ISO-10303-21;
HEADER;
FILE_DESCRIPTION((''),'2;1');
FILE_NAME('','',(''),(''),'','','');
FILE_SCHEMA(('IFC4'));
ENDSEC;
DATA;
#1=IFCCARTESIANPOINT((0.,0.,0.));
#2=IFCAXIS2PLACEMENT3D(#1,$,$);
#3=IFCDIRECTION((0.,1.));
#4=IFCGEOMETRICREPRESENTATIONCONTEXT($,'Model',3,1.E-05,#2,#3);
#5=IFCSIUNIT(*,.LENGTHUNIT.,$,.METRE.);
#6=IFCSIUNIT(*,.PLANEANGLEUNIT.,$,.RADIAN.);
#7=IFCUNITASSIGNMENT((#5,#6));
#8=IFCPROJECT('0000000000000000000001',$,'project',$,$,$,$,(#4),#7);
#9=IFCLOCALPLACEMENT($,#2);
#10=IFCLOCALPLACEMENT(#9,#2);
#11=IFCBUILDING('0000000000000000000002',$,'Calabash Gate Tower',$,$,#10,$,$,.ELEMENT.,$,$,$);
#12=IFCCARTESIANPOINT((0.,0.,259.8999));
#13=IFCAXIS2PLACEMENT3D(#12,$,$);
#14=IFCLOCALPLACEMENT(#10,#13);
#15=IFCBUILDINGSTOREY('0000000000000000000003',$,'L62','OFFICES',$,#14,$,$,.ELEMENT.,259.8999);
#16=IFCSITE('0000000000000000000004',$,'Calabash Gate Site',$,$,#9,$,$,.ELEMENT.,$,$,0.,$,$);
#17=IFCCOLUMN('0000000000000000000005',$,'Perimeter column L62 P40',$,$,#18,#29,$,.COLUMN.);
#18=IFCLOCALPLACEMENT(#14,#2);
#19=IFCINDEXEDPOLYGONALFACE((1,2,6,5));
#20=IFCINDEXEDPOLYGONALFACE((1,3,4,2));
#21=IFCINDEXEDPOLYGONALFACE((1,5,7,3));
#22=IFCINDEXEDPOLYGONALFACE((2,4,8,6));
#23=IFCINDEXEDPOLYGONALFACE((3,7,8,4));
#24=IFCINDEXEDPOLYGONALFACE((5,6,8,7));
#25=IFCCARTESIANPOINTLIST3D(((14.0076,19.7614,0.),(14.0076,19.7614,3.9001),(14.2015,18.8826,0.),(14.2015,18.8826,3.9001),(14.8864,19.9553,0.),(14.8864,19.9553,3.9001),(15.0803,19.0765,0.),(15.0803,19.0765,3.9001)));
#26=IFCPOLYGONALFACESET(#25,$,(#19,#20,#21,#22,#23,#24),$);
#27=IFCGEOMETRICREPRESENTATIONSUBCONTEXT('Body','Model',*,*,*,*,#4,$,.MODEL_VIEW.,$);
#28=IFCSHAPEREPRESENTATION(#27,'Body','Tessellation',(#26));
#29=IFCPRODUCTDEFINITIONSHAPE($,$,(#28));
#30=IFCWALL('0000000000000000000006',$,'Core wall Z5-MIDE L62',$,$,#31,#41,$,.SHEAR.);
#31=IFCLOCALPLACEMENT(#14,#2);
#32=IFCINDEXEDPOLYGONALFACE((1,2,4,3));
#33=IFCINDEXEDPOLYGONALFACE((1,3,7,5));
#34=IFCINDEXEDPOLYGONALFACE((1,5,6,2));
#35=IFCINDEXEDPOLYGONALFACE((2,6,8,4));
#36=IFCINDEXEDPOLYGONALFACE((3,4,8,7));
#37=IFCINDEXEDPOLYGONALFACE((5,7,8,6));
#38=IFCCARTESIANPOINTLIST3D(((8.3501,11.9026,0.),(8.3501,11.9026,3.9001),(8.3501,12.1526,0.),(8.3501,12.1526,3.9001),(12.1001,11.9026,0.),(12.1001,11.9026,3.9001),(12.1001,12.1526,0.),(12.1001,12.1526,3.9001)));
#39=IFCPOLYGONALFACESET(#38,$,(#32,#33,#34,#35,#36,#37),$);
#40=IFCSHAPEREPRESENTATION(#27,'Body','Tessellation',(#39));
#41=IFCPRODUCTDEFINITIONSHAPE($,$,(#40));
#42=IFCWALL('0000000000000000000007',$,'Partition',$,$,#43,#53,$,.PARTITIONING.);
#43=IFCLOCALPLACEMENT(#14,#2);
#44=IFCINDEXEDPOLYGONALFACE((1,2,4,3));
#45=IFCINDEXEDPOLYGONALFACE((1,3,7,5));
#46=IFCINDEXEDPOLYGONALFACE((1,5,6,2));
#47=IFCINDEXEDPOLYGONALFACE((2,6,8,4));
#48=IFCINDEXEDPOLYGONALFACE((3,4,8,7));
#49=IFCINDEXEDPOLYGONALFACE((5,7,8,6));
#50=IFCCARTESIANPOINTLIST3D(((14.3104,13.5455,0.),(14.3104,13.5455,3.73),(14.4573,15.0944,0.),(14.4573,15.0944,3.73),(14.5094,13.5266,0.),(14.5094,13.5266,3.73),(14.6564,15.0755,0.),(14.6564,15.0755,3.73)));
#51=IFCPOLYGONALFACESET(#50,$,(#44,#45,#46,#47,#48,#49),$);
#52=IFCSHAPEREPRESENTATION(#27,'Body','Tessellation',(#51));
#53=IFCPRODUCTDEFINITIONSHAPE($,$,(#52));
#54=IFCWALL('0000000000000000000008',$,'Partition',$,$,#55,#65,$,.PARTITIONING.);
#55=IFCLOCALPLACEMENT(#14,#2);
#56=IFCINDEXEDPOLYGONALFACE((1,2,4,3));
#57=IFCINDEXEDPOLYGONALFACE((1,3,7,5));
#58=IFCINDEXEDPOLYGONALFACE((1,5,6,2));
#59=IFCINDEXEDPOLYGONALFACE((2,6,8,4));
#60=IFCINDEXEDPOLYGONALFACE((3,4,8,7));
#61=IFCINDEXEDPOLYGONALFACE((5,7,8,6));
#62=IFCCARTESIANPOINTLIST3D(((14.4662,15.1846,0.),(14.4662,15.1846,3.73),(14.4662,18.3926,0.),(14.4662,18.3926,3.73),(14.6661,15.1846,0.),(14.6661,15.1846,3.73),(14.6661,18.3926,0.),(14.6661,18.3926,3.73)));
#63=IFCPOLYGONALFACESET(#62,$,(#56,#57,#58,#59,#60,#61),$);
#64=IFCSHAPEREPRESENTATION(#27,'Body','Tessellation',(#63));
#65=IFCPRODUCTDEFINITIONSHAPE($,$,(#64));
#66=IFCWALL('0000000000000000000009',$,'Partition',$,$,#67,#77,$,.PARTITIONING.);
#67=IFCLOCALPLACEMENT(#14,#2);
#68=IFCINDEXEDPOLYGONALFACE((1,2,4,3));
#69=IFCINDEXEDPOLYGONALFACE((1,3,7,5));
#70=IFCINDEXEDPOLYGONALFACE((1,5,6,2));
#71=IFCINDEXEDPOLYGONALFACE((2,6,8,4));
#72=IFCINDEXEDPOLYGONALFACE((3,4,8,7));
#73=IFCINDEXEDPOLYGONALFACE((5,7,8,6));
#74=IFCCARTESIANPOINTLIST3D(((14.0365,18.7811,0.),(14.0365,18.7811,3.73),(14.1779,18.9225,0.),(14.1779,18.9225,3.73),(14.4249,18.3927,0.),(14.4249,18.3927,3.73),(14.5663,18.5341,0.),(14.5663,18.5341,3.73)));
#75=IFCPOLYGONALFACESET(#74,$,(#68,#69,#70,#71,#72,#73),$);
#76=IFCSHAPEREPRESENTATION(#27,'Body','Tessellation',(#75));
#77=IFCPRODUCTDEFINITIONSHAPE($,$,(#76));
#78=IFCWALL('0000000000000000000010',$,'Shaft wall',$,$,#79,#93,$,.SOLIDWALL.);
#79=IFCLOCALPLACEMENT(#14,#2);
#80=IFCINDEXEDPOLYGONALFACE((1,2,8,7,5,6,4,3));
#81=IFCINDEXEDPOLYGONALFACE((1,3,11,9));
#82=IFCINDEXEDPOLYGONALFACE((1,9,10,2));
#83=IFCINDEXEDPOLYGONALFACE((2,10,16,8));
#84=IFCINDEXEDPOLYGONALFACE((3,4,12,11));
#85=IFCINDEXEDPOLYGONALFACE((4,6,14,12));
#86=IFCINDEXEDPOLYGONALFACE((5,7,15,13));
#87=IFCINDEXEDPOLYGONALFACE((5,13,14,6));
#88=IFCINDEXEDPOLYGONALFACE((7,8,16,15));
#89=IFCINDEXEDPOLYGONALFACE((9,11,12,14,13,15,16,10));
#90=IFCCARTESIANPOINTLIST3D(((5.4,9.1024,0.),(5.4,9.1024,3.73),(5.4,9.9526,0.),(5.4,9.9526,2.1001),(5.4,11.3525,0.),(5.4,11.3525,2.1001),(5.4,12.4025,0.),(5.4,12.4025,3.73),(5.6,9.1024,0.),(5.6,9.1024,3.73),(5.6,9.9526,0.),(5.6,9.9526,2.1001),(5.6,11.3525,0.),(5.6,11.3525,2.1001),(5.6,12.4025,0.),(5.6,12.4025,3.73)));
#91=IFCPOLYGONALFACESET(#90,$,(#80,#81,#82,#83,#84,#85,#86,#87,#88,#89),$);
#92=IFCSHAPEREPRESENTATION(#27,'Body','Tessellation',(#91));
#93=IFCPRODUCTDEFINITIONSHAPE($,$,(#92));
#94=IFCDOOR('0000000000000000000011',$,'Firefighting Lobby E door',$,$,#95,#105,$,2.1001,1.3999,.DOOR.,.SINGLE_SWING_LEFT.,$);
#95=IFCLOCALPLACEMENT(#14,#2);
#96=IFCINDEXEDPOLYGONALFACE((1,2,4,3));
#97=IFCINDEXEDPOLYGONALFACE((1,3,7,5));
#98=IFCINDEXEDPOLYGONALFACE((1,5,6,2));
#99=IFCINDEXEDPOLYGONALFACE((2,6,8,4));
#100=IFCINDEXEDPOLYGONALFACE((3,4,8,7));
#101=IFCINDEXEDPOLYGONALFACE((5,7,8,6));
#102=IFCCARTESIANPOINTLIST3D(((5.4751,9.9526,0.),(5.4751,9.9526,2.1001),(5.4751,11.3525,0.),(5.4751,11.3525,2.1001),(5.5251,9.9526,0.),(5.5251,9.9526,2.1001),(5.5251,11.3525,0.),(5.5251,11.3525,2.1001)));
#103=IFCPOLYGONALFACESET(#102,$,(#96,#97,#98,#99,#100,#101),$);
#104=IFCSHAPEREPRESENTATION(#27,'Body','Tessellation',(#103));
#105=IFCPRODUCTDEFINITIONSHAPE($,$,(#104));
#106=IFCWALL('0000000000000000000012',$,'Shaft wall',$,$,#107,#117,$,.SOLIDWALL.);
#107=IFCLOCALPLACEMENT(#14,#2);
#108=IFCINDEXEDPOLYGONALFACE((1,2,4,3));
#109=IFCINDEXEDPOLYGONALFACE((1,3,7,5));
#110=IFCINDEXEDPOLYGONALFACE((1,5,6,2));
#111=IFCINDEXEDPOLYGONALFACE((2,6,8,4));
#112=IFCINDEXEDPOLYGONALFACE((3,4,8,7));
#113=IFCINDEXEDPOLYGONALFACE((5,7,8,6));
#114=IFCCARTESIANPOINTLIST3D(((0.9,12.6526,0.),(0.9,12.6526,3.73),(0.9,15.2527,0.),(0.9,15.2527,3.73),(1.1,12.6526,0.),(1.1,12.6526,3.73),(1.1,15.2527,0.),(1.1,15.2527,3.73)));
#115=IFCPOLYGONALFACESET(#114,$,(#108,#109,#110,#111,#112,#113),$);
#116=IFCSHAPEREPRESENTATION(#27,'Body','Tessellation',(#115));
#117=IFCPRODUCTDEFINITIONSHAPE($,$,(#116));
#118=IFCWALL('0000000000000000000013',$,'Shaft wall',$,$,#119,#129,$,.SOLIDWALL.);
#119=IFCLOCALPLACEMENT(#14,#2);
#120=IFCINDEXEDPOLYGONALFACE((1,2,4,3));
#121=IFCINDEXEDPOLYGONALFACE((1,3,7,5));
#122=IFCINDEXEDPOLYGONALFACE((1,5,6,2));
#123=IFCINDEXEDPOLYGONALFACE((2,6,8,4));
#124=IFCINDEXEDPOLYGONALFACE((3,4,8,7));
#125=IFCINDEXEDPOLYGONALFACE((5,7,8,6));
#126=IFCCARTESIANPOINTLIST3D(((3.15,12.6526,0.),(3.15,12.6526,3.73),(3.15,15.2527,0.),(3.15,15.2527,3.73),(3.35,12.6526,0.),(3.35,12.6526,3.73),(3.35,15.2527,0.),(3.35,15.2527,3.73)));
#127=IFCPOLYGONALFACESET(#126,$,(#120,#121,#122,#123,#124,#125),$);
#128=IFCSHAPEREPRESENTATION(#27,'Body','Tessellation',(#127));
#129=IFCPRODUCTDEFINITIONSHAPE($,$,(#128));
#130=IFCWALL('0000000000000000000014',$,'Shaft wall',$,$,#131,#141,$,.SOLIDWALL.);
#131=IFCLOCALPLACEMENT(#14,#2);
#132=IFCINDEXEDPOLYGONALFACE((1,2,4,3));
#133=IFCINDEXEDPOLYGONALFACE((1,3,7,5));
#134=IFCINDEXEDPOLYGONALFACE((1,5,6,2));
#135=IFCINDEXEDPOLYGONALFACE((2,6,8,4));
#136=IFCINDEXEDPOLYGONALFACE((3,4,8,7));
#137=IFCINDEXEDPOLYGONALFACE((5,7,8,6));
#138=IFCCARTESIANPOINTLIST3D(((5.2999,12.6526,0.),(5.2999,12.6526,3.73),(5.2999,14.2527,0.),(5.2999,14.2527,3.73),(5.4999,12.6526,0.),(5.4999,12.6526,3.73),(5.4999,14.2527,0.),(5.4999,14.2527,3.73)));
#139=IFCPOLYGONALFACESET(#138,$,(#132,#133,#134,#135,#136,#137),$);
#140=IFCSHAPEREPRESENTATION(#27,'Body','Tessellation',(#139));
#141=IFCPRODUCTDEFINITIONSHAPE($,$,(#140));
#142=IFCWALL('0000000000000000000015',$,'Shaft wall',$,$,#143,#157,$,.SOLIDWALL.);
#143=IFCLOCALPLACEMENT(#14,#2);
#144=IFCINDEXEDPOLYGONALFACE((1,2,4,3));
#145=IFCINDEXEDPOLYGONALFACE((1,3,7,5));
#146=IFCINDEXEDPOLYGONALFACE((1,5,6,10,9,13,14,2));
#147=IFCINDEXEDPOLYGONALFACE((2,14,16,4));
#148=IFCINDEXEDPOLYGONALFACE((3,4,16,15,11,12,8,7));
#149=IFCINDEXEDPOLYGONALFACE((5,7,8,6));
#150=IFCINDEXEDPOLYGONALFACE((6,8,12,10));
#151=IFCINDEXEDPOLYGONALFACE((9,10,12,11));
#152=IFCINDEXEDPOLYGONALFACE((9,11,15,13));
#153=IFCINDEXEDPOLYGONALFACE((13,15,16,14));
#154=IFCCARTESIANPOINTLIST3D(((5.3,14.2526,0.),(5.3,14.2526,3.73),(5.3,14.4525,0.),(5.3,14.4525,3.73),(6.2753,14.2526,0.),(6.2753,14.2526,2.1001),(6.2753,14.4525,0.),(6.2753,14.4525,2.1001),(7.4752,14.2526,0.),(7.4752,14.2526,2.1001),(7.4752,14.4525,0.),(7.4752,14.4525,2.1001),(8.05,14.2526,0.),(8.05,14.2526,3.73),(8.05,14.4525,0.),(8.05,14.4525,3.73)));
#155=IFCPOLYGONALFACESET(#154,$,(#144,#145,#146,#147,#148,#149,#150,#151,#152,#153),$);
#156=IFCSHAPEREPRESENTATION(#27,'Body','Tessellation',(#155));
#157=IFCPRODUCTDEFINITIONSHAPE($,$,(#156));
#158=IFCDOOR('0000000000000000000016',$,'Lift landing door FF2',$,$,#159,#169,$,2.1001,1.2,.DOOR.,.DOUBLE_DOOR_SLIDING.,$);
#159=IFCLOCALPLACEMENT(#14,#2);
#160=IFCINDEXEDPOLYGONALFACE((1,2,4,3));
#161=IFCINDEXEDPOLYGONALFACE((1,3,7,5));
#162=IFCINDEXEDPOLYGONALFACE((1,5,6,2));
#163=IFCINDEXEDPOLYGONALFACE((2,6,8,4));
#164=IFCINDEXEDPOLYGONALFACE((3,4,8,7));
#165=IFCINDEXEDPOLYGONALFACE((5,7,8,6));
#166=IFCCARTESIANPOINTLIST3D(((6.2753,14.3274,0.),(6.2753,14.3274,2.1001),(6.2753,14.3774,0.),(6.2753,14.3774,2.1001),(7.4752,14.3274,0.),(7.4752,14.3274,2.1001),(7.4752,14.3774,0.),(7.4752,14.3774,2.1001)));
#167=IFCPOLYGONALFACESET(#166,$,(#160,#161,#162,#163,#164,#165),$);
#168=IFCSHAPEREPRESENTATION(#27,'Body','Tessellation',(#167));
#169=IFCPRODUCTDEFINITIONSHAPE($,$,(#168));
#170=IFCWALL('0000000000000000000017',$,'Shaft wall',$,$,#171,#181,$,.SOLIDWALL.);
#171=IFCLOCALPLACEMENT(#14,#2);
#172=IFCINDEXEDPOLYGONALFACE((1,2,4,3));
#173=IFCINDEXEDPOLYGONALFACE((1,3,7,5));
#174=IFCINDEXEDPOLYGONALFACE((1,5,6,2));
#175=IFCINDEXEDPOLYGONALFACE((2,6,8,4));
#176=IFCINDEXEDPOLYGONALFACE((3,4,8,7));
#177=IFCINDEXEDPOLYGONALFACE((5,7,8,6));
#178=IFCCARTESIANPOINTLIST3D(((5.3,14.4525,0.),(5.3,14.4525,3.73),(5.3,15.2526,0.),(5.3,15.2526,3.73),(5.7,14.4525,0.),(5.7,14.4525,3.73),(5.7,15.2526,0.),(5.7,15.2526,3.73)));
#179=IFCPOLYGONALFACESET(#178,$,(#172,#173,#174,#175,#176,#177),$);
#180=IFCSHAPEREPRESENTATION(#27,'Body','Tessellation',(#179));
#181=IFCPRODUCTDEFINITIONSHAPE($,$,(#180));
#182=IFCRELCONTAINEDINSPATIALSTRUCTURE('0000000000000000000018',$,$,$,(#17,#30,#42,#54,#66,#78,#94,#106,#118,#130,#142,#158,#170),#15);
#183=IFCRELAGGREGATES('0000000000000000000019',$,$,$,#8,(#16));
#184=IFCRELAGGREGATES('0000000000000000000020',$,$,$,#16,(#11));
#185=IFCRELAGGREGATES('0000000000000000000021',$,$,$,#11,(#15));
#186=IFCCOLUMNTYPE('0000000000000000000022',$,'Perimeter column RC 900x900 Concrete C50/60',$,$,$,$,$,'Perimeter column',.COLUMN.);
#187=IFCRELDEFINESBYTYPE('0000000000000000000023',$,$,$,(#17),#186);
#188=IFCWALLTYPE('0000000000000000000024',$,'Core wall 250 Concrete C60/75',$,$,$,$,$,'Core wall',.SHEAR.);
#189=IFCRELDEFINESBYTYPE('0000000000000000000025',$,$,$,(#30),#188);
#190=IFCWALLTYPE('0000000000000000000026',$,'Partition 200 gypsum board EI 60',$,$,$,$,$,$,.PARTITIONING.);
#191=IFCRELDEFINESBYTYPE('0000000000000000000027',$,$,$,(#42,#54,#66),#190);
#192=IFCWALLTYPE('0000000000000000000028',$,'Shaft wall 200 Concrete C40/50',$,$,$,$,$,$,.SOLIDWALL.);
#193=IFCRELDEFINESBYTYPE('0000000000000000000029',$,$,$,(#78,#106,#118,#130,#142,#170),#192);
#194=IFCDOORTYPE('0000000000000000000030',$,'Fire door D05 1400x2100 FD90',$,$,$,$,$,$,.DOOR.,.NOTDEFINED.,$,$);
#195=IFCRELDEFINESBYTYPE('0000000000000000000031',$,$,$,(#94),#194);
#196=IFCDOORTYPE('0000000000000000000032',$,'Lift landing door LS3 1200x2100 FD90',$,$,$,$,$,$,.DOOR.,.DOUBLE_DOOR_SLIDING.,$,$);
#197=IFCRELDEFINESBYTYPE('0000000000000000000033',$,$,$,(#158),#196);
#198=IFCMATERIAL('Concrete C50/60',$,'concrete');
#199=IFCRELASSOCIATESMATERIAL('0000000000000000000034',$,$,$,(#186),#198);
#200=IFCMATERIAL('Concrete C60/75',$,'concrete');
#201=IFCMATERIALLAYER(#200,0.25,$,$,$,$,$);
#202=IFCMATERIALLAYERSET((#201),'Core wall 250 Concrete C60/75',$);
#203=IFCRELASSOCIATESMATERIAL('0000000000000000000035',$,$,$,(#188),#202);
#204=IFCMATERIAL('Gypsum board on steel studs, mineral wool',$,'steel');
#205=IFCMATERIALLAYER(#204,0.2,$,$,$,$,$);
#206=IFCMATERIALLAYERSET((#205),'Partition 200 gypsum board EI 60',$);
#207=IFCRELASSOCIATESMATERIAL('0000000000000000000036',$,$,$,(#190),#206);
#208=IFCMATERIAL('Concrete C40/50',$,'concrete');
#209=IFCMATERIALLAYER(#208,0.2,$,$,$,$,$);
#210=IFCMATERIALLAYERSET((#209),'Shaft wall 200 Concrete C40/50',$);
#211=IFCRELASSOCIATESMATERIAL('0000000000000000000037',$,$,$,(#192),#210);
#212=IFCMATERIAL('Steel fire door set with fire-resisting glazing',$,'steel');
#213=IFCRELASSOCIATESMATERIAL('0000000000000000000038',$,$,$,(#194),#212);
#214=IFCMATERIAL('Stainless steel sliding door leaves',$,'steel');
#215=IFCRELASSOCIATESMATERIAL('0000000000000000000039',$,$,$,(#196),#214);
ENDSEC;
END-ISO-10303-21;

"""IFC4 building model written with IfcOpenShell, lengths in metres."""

from ifc_helpers import new_model, si_unit, direction, frame, frame_2d, origin, origin_2d, place, context, subcontext, project, spatial, rectangle, extrude, material, layer, layer_set, material_profile, profile_set, type_object, element, fill, save


model = new_model("IFC4")

# Units and contexts
model_context = context("Model", 3, precision=1e-05, world=origin(), true_north=direction((0.0, 1.0)))
body_context = subcontext(model_context, "Body", "Model", "MODEL_VIEW")
ifc_project = project(units=[si_unit("LENGTHUNIT", "METRE"), si_unit("PLANEANGLEUNIT", "RADIAN")], contexts=[model_context])

# Site, building, storey
site_placement = place(None, origin())
site = spatial("IfcSite", under=ifc_project, at=site_placement, Name="Calabash Gate Site", CompositionType="ELEMENT", RefElevation=0.0)
building_placement = place(site_placement, origin())
building = spatial("IfcBuilding", under=site, at=building_placement, Name="Calabash Gate Tower", CompositionType="ELEMENT")
storey_placement = place(building_placement, frame((0.0, 0.0, 259.8999)))
storey = spatial("IfcBuildingStorey", under=building, at=storey_placement, Name="L62", Description="OFFICES", CompositionType="ELEMENT", Elevation=259.8999)

# Column
ifc_material_1 = material(Name="Concrete C50/60", Category="concrete")
ifc_material_profile = material_profile(ifc_material_1, rectangle(XDim=0.8999, YDim=0.8999, at=origin_2d()))
ifc_profile_set = profile_set([ifc_material_profile], Name="Concrete C50/60")
column_type = type_object("IfcColumnType", Name="Perimeter column RC 900x900 Concrete C50/60", ElementType="Perimeter column", PredefinedType="COLUMN", material=ifc_profile_set)
column_placement = place(storey_placement, frame((14.5439, 19.4189, 0.0), z_axis=(0.0, 0.0, 1.0), x_axis=(-0.976511, -0.215468, 0.0)))
element("IfcColumn", 1, at=column_placement, inside=storey, type_object=column_type, Name="Perimeter column L62 P40", PredefinedType="COLUMN", context=body_context, shape_type="SweptSolid", body=[
    extrude(rectangle(XDim=0.8999, YDim=0.8999, at=origin_2d()), origin(), (0.0, 0.0, 1.0), 3.9001),
])

# Walls
ifc_material_2 = material(Name="Concrete C60/75", Category="concrete")
ifc_layer_1 = layer(ifc_material_2, 0.25)
ifc_layer_set_1 = layer_set([ifc_layer_1], Name="Core wall 250 Concrete C60/75")
wall_type_1 = type_object("IfcWallType", Name="Core wall 250 Concrete C60/75", ElementType="Core wall", PredefinedType="SHEAR", material=ifc_layer_set_1)
wall_1_placement = place(storey_placement, frame((8.3501, 12.0276, 0.0), z_axis=(0.0, 0.0, 1.0), x_axis=(1.0, 0.0, 0.0)))
element("IfcWall", 2, at=wall_1_placement, inside=storey, type_object=wall_type_1, Name="Core wall Z5-MIDE L62", PredefinedType="SHEAR", context=body_context, shape_type="SweptSolid", body=[
    extrude(rectangle(XDim=3.75, YDim=0.25, at=frame_2d((1.875, 0.0))), origin(), (0.0, 0.0, 1.0), 3.9001),
])
ifc_material_3 = material(Name="Gypsum board on steel studs, mineral wool", Category="steel")
ifc_layer_2 = layer(ifc_material_3, 0.2)
ifc_layer_set_2 = layer_set([ifc_layer_2], Name="Partition 200 gypsum board EI 60")
wall_type_2 = type_object("IfcWallType", Name="Partition 200 gypsum board EI 60", PredefinedType="PARTITIONING", material=ifc_layer_set_2)
wall_2_placement = place(storey_placement, frame((14.4099, 13.5361, 0.0), z_axis=(0.0, 0.0, 1.0), x_axis=(0.094454, 0.995529, 0.0)))
element("IfcWall", 3, at=wall_2_placement, inside=storey, type_object=wall_type_2, Name="Partition", PredefinedType="PARTITIONING", context=body_context, shape_type="SweptSolid", body=[
    extrude(rectangle(XDim=1.5559, YDim=0.2, at=frame_2d((0.7778, 0.0))), origin(), (0.0, 0.0, 1.0), 3.73),
])
wall_3_placement = place(storey_placement, frame((14.5662, 18.3926, 0.0), z_axis=(0.0, 0.0, 1.0), x_axis=(0.0, -1.0, 0.0)))
element("IfcWall", 4, at=wall_3_placement, inside=storey, type_object=wall_type_2, Name="Partition", PredefinedType="PARTITIONING", context=body_context, shape_type="SweptSolid", body=[
    extrude(rectangle(XDim=3.208, YDim=0.2, at=frame_2d((1.604, 0.0))), origin(), (0.0, 0.0, 1.0), 3.73),
])
wall_4_placement = place(storey_placement, frame((14.1072, 18.8518, 0.0), z_axis=(0.0, 0.0, 1.0), x_axis=(0.707107, -0.707107, 0.0)))
element("IfcWall", 5, at=wall_4_placement, inside=storey, type_object=wall_type_2, Name="Partition", PredefinedType="PARTITIONING", context=body_context, shape_type="SweptSolid", body=[
    extrude(rectangle(XDim=0.5493, YDim=0.2, at=frame_2d((0.2747, 0.0))), origin(), (0.0, 0.0, 1.0), 3.73),
])

# Wall, opening, door
ifc_material_4 = material(Name="Concrete C40/50", Category="concrete")
ifc_layer_3 = layer(ifc_material_4, 0.2)
ifc_layer_set_3 = layer_set([ifc_layer_3], Name="Shaft wall 200 Concrete C40/50")
wall_type_3 = type_object("IfcWallType", Name="Shaft wall 200 Concrete C40/50", PredefinedType="SOLIDWALL", material=ifc_layer_set_3)
wall_5_placement = place(storey_placement, frame((5.5, 9.1025, 0.0), z_axis=(0.0, 0.0, 1.0), x_axis=(0.0, 1.0, 0.0)))
wall_5 = element("IfcWall", 6, at=wall_5_placement, inside=storey, type_object=wall_type_3, Name="Shaft wall", PredefinedType="SOLIDWALL", context=body_context, shape_type="SweptSolid", body=[
    extrude(rectangle(XDim=3.3, YDim=0.2, at=frame_2d((1.6499, 0.0))), origin(), (0.0, 0.0, 1.0), 3.73),
])
opening_1_placement = place(wall_5_placement, frame((0.8501, 0.0, 0.0)))
opening_1 = element("IfcOpeningElement", 7, at=opening_1_placement, cuts=wall_5, PredefinedType="OPENING", context=body_context, shape_type="SweptSolid", body=[
    extrude(rectangle(XDim=1.3999, YDim=2.1001, at=frame_2d((0.7, 1.05))), frame((0.0, 0.1099, 0.0), z_axis=(0.0, -1.0, 0.0), x_axis=(1.0, 0.0, 0.0)), (0.0, 0.0, 1.0), 0.22),
])
ifc_material_5 = material(Name="Steel fire door set with fire-resisting glazing", Category="steel")
door_type_1 = type_object("IfcDoorType", Name="Fire door D05 1400x2100 FD90", OperationType="NOTDEFINED", PredefinedType="DOOR", material=ifc_material_5)
door_1_placement = place(opening_1_placement, origin())
door_1 = element("IfcDoor", 8, at=door_1_placement, inside=storey, type_object=door_type_1, Name="Firefighting Lobby E door", OperationType="SINGLE_SWING_LEFT", OverallHeight=2.1001, OverallWidth=1.3999, PredefinedType="DOOR", context=body_context, shape_type="SweptSolid", body=[
    extrude(rectangle(XDim=1.3999, YDim=2.1001, at=frame_2d((0.7, 1.05))), frame((0.0, 0.0249, 0.0), z_axis=(0.0, -1.0, 0.0), x_axis=(1.0, 0.0, 0.0)), (0.0, 0.0, 1.0), 0.05),
])
fill(opening_1, door_1)

# Walls
for number, where, z_axis, x_axis, name in (
    (9, (1.0, 12.6526, 0.0), (0.0, 0.0, 1.0), (0.0, 1.0, 0.0), "Shaft wall"),
    (10, (3.25, 12.6526, 0.0), (0.0, 0.0, 1.0), (0.0, 1.0, 0.0), "Shaft wall"),
):
    element("IfcWall", number, at=place(storey_placement, frame(where, z_axis=z_axis, x_axis=x_axis)), inside=storey, type_object=wall_type_3, Name=name, PredefinedType="SOLIDWALL", context=body_context, shape_type="SweptSolid", body=[
        extrude(rectangle(XDim=2.6001, YDim=0.2, at=frame_2d((1.3, 0.0))), origin(), (0.0, 0.0, 1.0), 3.73),
    ])
wall_6_placement = place(storey_placement, frame((5.3999, 12.6526, 0.0), z_axis=(0.0, 0.0, 1.0), x_axis=(0.0, 1.0, 0.0)))
element("IfcWall", 11, at=wall_6_placement, inside=storey, type_object=wall_type_3, Name="Shaft wall", PredefinedType="SOLIDWALL", context=body_context, shape_type="SweptSolid", body=[
    extrude(rectangle(XDim=1.6001, YDim=0.2, at=frame_2d((0.8, 0.0))), origin(), (0.0, 0.0, 1.0), 3.73),
])

# Wall, opening, door
wall_7_placement = place(storey_placement, frame((5.3, 14.3525, 0.0), z_axis=(0.0, 0.0, 1.0), x_axis=(1.0, 0.0, 0.0)))
wall_7 = element("IfcWall", 12, at=wall_7_placement, inside=storey, type_object=wall_type_3, Name="Shaft wall", PredefinedType="SOLIDWALL", context=body_context, shape_type="SweptSolid", body=[
    extrude(rectangle(XDim=2.75, YDim=0.2, at=frame_2d((1.375, 0.0))), origin(), (0.0, 0.0, 1.0), 3.73),
])
opening_2_placement = place(wall_7_placement, frame((0.9751, 0.0, 0.0)))
opening_2 = element("IfcOpeningElement", 13, at=opening_2_placement, cuts=wall_7, PredefinedType="OPENING", context=body_context, shape_type="SweptSolid", body=[
    extrude(rectangle(XDim=1.2, YDim=2.1001, at=frame_2d((0.6001, 1.05))), frame((0.0, 0.1099, 0.0), z_axis=(0.0, -1.0, 0.0), x_axis=(1.0, 0.0, 0.0)), (0.0, 0.0, 1.0), 0.22),
])
ifc_material_6 = material(Name="Stainless steel sliding door leaves", Category="steel")
door_type_2 = type_object("IfcDoorType", Name="Lift landing door LS3 1200x2100 FD90", OperationType="DOUBLE_DOOR_SLIDING", PredefinedType="DOOR", material=ifc_material_6)
door_2_placement = place(opening_2_placement, origin())
door_2 = element("IfcDoor", 14, at=door_2_placement, inside=storey, type_object=door_type_2, Name="Lift landing door FF2", OperationType="DOUBLE_DOOR_SLIDING", OverallHeight=2.1001, OverallWidth=1.2, PredefinedType="DOOR", context=body_context, shape_type="SweptSolid", body=[
    extrude(rectangle(XDim=1.2, YDim=2.1001, at=frame_2d((0.6001, 1.05))), frame((0.0, 0.0249, 0.0), z_axis=(0.0, -1.0, 0.0), x_axis=(1.0, 0.0, 0.0)), (0.0, 0.0, 1.0), 0.05),
])
fill(opening_2, door_2)

# Wall
wall_8_placement = place(storey_placement, frame((5.5, 14.4526, 0.0), z_axis=(0.0, 0.0, 1.0), x_axis=(0.0, 1.0, 0.0)))
element("IfcWall", 15, at=wall_8_placement, inside=storey, type_object=wall_type_3, Name="Shaft wall", PredefinedType="SOLIDWALL", context=body_context, shape_type="SweptSolid", body=[
    extrude(rectangle(XDim=0.8, YDim=0.3999, at=frame_2d((0.3999, 0.0))), origin(), (0.0, 0.0, 1.0), 3.73),
])

save(model, "model.ifc")
